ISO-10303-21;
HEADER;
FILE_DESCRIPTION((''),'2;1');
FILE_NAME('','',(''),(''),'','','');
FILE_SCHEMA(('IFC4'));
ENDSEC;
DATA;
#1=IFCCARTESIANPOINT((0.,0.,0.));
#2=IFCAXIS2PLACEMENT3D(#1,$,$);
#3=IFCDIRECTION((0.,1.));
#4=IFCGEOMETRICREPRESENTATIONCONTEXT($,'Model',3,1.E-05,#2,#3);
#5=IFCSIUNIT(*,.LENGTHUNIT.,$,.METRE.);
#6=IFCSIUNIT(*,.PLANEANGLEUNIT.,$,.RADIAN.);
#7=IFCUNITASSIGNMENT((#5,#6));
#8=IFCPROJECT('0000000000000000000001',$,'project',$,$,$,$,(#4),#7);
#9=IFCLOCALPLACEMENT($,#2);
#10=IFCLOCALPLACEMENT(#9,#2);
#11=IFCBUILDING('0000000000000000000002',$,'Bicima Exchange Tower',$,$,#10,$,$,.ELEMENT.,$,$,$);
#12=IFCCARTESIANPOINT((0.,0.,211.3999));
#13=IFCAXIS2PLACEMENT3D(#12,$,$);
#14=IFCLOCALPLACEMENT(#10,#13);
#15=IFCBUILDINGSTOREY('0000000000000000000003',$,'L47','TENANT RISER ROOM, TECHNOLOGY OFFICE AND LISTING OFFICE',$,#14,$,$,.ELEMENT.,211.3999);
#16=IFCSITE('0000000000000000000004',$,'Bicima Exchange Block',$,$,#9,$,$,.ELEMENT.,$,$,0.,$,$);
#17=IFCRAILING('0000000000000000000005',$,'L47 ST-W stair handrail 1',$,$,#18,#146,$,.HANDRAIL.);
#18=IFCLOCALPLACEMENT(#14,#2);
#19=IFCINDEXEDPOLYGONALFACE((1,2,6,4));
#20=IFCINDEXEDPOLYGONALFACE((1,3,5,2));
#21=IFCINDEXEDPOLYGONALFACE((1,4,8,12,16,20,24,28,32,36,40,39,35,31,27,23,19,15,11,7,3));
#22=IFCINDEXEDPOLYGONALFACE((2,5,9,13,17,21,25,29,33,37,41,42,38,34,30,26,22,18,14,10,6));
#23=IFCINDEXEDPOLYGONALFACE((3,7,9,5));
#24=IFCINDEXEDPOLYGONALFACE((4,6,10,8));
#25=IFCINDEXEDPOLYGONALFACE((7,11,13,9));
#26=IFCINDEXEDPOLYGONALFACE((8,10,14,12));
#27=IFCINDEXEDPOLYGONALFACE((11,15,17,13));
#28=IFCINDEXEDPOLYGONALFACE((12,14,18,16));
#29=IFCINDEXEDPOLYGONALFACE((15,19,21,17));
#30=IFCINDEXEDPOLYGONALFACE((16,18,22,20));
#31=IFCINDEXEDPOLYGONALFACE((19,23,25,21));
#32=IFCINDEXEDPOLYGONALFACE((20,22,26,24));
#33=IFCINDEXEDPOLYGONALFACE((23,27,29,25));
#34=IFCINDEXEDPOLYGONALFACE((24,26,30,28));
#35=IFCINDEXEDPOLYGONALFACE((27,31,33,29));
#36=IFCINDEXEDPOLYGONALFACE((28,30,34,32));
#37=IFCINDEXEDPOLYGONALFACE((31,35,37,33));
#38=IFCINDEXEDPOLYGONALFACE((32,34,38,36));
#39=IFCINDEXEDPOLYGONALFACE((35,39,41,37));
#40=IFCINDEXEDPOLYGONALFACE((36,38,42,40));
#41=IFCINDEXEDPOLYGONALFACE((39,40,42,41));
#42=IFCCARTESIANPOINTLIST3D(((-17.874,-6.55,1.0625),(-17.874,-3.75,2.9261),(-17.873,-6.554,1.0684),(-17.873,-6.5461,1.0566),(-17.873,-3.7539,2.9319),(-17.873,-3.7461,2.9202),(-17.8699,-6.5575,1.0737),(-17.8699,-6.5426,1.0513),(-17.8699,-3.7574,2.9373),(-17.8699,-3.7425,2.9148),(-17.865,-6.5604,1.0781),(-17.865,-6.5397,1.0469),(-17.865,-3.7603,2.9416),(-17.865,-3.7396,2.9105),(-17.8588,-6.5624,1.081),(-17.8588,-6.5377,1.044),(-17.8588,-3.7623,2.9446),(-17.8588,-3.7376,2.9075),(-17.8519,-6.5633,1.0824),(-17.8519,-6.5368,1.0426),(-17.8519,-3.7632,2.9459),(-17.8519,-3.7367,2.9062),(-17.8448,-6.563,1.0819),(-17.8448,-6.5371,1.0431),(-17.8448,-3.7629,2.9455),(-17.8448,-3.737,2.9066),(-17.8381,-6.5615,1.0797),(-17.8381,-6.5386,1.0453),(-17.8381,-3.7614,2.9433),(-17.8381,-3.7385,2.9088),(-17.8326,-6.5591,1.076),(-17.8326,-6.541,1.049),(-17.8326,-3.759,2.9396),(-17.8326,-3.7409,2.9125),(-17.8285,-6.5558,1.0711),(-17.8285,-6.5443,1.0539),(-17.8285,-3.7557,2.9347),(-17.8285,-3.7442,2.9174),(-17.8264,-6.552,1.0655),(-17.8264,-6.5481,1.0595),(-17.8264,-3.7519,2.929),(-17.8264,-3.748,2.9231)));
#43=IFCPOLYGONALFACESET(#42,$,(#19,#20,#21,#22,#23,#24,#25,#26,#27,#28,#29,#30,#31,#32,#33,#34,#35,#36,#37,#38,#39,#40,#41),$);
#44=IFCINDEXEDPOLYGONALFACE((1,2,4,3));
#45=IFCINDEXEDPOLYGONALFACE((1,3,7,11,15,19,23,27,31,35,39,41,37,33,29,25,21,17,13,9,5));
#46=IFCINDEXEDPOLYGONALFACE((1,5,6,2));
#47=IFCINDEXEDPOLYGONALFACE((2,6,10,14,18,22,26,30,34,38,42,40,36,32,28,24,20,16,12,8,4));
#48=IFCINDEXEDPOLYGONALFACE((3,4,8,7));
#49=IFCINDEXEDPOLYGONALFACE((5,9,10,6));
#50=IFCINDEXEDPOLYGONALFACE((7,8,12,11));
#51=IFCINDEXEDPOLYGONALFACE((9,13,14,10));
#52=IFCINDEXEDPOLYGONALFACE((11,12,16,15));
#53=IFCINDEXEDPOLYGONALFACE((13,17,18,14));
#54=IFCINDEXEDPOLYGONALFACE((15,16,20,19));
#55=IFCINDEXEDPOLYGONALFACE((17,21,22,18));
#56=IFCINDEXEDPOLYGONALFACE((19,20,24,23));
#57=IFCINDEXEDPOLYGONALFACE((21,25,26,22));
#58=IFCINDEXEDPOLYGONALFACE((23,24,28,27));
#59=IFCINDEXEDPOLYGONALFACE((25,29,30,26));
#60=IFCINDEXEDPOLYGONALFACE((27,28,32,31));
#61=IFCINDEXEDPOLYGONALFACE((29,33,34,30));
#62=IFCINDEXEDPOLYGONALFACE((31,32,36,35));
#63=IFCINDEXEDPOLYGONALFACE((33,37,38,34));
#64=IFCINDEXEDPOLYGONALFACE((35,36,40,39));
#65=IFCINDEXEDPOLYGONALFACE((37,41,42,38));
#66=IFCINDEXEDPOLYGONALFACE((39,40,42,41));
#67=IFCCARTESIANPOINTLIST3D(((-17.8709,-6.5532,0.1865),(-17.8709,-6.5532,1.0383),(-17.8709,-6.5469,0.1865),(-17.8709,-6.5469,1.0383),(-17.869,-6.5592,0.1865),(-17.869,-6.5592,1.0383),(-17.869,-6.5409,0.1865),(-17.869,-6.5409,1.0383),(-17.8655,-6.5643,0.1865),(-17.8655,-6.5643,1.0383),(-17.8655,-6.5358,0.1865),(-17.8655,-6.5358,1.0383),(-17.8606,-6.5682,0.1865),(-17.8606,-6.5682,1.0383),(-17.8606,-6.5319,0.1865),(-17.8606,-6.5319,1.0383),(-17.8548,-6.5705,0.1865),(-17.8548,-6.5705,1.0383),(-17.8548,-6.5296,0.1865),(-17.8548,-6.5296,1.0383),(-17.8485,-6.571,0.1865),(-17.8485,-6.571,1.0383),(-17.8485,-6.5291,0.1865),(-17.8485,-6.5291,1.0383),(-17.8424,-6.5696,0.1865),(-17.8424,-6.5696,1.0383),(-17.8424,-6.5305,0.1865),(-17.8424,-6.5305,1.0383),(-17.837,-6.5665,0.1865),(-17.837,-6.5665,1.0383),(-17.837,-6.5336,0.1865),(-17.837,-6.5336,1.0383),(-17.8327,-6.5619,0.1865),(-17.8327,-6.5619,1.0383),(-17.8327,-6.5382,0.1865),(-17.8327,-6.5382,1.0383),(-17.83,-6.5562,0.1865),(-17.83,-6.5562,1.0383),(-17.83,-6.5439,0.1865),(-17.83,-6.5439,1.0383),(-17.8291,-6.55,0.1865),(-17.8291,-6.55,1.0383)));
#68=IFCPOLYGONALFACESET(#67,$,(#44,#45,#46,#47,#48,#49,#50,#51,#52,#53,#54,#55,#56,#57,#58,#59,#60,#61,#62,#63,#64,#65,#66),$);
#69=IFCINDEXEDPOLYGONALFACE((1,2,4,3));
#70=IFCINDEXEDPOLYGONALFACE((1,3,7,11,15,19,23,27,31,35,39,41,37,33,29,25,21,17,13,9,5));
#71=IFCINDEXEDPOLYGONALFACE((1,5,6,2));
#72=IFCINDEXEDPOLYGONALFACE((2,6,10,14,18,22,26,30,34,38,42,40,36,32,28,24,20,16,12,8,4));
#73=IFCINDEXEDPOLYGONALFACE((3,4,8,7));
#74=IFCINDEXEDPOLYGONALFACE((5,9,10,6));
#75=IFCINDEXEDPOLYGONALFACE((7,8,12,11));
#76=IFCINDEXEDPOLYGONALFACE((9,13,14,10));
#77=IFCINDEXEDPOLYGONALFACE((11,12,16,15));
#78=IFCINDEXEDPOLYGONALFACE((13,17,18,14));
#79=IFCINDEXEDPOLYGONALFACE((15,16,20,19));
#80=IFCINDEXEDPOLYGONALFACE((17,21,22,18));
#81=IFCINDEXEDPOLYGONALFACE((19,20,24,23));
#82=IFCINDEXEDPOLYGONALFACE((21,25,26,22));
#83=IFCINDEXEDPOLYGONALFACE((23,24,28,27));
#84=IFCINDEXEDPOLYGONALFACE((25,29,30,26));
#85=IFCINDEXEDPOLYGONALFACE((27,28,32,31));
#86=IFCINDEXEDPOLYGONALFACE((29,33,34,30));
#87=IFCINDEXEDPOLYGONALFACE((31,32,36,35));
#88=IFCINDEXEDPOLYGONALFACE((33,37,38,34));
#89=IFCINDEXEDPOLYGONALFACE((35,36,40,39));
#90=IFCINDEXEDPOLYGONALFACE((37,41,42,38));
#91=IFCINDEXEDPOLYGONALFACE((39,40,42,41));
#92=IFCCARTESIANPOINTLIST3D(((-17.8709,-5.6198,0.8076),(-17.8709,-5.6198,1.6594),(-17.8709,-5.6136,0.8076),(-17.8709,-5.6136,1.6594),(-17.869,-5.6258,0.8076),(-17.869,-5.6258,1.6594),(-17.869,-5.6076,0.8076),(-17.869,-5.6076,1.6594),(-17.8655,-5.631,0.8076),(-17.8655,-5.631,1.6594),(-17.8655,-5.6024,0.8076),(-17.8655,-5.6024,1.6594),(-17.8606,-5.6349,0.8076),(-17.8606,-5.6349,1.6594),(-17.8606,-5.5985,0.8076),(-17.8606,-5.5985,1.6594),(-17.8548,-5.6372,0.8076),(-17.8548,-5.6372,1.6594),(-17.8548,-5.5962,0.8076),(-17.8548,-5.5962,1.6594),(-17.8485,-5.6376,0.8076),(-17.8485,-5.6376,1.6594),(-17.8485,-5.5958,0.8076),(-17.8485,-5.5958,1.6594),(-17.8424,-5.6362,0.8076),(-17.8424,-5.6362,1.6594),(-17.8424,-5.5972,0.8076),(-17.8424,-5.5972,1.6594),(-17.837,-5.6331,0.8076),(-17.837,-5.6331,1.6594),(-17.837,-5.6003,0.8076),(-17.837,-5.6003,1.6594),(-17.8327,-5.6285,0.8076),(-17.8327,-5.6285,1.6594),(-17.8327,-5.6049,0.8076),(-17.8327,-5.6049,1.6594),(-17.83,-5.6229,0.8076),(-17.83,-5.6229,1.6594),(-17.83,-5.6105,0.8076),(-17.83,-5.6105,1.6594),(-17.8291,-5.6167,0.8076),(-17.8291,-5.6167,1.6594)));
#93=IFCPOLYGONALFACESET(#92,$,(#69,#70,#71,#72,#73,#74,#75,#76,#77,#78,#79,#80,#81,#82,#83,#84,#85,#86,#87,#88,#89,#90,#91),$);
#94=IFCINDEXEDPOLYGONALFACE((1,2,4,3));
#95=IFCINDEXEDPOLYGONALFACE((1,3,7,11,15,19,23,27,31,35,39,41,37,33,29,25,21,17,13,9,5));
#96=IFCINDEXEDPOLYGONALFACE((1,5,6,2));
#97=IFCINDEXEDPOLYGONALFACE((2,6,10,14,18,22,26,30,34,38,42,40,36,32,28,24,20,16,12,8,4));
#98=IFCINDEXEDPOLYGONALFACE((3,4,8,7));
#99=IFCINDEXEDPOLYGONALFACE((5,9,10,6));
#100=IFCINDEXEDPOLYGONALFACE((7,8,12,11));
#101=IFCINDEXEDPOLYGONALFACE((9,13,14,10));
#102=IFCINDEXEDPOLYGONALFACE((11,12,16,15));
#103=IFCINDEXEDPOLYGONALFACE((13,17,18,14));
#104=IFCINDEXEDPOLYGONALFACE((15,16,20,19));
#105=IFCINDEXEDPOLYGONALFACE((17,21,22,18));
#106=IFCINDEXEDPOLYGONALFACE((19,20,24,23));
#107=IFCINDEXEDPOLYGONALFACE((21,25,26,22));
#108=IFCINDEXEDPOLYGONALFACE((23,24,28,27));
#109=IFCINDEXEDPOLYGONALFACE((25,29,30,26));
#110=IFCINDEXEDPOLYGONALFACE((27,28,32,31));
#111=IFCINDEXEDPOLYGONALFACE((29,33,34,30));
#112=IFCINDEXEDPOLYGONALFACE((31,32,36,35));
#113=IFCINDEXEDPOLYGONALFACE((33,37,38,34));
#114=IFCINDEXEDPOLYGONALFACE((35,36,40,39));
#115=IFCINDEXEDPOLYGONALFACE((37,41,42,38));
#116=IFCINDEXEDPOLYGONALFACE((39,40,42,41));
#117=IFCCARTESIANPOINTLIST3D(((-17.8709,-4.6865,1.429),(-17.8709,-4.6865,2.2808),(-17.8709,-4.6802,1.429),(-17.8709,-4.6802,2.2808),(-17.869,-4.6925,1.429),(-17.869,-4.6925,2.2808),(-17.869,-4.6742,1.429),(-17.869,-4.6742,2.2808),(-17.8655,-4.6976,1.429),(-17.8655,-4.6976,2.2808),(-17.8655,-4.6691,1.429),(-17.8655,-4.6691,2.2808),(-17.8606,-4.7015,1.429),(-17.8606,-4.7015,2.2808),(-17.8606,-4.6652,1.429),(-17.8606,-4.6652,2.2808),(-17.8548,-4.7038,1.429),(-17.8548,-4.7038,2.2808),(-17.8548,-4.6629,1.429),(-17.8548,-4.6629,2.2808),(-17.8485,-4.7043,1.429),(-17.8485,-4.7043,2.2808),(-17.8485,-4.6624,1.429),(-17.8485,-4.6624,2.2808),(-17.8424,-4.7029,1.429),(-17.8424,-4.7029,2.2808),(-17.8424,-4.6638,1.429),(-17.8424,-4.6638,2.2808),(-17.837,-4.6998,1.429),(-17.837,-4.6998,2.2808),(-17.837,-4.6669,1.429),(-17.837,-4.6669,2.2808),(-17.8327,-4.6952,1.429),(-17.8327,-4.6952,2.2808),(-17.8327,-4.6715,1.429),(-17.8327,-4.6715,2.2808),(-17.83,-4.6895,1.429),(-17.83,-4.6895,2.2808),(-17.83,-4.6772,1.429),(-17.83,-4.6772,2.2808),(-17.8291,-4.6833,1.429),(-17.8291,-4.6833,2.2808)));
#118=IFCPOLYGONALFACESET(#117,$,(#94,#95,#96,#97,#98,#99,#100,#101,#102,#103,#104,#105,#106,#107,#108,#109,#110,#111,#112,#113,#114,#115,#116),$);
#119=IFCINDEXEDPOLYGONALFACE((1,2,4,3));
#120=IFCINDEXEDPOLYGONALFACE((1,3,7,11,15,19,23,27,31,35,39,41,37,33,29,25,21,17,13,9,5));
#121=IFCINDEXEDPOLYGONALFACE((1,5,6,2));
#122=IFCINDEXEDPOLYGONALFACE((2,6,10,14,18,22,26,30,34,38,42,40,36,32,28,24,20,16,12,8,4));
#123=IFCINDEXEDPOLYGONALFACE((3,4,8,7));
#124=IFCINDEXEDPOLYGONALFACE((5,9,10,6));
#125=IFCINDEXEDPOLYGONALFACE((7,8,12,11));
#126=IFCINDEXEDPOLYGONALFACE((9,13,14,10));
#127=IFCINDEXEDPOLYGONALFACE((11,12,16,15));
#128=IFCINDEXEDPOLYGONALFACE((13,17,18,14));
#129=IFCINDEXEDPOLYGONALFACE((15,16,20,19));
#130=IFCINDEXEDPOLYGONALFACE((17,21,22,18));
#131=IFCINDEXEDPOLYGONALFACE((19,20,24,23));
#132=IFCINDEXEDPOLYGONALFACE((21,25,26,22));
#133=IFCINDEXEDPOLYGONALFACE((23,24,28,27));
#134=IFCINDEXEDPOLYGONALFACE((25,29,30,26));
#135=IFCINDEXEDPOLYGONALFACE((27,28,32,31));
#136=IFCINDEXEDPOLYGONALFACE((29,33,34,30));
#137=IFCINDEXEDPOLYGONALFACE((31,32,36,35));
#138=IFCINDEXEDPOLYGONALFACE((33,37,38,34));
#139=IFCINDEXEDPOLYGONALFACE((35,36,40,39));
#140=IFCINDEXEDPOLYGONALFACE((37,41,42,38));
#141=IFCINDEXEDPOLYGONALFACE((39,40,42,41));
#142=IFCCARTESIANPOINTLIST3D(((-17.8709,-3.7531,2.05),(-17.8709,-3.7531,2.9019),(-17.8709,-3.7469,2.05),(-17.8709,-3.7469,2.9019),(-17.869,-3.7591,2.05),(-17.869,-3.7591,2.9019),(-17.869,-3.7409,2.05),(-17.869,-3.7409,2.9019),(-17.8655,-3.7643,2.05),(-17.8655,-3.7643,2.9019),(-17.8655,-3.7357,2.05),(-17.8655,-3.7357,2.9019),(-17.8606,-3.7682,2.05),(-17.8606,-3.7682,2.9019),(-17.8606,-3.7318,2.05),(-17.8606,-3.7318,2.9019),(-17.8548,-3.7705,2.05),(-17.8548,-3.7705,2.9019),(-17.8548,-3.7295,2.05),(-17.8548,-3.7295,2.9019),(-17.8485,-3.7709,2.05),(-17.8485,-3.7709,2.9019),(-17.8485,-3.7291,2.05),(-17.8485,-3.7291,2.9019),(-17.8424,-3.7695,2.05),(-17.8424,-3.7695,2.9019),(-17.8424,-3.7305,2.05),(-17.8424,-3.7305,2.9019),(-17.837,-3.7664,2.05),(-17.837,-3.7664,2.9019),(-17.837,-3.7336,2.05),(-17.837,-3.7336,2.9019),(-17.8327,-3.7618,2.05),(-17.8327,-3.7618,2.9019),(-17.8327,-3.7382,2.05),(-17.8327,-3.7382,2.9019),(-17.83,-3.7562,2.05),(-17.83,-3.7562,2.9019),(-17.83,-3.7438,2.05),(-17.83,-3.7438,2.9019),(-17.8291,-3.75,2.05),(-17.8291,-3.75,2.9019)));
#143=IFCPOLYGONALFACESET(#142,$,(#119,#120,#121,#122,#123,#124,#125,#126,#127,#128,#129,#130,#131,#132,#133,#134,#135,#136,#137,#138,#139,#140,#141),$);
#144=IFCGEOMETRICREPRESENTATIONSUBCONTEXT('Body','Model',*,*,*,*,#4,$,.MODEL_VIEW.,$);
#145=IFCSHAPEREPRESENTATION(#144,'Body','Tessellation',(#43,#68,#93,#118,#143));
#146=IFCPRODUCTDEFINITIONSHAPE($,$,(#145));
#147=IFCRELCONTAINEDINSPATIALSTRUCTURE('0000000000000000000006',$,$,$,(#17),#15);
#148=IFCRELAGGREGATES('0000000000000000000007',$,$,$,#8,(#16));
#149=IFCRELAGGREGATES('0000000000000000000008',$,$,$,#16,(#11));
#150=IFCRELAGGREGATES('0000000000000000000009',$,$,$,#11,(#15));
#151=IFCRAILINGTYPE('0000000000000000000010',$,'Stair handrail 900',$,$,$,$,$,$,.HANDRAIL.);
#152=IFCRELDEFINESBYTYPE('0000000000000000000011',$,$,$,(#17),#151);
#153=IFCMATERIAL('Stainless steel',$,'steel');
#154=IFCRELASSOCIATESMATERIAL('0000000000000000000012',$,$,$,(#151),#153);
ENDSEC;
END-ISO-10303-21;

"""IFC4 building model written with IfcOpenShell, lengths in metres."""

from ifc_helpers import new_model, si_unit, direction, frame, origin, origin_2d, place, context, subcontext, project, spatial, circle, extrude, material, type_object, element, save


model = new_model("IFC4")

# Units and contexts
model_context = context("Model", 3, precision=1e-05, world=origin(), true_north=direction((0.0, 1.0)))
body_context = subcontext(model_context, "Body", "Model", "MODEL_VIEW")
ifc_project = project(units=[si_unit("LENGTHUNIT", "METRE"), si_unit("PLANEANGLEUNIT", "RADIAN")], contexts=[model_context])

# Site, building, storey
site_placement = place(None, origin())
site = spatial("IfcSite", under=ifc_project, at=site_placement, Name="Bicima Exchange Block", CompositionType="ELEMENT", RefElevation=0.0)
building_placement = place(site_placement, origin())
building = spatial("IfcBuilding", under=site, at=building_placement, Name="Bicima Exchange Tower", CompositionType="ELEMENT")
storey_placement = place(building_placement, frame((0.0, 0.0, 211.3999)))
storey = spatial("IfcBuildingStorey", under=building, at=storey_placement, Name="L47", Description="TENANT RISER ROOM, TECHNOLOGY OFFICE AND LISTING OFFICE", CompositionType="ELEMENT", Elevation=211.3999)

# Shared definitions
ifc_material_1 = material(Name="Stainless steel", Category="steel")

# Railing
railing_type_1 = type_object("IfcRailingType", Name="Stair handrail 900", PredefinedType="HANDRAIL", material=ifc_material_1)
railing_1_placement = place(storey_placement, frame((-17.8501, -6.55, 0.1865)))
element("IfcRailing", 1, at=railing_1_placement, inside=storey, type_object=railing_type_1, Name="L47 ST-W stair handrail 1", PredefinedType="HANDRAIL", context=body_context, shape_type="SweptSolid", body=[
    extrude(circle(Radius=0.0239, at=origin_2d()), frame((0.0, 0.0, 0.876), z_axis=(0.0, 0.832486, 0.554047), x_axis=(-1.0, 0.0, 0.0)), (0.0, 0.0, 1.0), 3.3635),
    extrude(circle(Radius=0.021, at=origin_2d()), origin(), (0.0, 0.0, 1.0), 0.8518),
    extrude(circle(Radius=0.021, at=origin_2d()), frame((0.0, 0.9333, 0.6211)), (0.0, 0.0, 1.0), 0.8518),
    extrude(circle(Radius=0.021, at=origin_2d()), frame((0.0, 1.8667, 1.2424)), (0.0, 0.0, 1.0), 0.8518),
    extrude(circle(Radius=0.021, at=origin_2d()), frame((0.0, 2.8, 1.8635)), (0.0, 0.0, 1.0), 0.8518),
])

save(model, "model.ifc")
